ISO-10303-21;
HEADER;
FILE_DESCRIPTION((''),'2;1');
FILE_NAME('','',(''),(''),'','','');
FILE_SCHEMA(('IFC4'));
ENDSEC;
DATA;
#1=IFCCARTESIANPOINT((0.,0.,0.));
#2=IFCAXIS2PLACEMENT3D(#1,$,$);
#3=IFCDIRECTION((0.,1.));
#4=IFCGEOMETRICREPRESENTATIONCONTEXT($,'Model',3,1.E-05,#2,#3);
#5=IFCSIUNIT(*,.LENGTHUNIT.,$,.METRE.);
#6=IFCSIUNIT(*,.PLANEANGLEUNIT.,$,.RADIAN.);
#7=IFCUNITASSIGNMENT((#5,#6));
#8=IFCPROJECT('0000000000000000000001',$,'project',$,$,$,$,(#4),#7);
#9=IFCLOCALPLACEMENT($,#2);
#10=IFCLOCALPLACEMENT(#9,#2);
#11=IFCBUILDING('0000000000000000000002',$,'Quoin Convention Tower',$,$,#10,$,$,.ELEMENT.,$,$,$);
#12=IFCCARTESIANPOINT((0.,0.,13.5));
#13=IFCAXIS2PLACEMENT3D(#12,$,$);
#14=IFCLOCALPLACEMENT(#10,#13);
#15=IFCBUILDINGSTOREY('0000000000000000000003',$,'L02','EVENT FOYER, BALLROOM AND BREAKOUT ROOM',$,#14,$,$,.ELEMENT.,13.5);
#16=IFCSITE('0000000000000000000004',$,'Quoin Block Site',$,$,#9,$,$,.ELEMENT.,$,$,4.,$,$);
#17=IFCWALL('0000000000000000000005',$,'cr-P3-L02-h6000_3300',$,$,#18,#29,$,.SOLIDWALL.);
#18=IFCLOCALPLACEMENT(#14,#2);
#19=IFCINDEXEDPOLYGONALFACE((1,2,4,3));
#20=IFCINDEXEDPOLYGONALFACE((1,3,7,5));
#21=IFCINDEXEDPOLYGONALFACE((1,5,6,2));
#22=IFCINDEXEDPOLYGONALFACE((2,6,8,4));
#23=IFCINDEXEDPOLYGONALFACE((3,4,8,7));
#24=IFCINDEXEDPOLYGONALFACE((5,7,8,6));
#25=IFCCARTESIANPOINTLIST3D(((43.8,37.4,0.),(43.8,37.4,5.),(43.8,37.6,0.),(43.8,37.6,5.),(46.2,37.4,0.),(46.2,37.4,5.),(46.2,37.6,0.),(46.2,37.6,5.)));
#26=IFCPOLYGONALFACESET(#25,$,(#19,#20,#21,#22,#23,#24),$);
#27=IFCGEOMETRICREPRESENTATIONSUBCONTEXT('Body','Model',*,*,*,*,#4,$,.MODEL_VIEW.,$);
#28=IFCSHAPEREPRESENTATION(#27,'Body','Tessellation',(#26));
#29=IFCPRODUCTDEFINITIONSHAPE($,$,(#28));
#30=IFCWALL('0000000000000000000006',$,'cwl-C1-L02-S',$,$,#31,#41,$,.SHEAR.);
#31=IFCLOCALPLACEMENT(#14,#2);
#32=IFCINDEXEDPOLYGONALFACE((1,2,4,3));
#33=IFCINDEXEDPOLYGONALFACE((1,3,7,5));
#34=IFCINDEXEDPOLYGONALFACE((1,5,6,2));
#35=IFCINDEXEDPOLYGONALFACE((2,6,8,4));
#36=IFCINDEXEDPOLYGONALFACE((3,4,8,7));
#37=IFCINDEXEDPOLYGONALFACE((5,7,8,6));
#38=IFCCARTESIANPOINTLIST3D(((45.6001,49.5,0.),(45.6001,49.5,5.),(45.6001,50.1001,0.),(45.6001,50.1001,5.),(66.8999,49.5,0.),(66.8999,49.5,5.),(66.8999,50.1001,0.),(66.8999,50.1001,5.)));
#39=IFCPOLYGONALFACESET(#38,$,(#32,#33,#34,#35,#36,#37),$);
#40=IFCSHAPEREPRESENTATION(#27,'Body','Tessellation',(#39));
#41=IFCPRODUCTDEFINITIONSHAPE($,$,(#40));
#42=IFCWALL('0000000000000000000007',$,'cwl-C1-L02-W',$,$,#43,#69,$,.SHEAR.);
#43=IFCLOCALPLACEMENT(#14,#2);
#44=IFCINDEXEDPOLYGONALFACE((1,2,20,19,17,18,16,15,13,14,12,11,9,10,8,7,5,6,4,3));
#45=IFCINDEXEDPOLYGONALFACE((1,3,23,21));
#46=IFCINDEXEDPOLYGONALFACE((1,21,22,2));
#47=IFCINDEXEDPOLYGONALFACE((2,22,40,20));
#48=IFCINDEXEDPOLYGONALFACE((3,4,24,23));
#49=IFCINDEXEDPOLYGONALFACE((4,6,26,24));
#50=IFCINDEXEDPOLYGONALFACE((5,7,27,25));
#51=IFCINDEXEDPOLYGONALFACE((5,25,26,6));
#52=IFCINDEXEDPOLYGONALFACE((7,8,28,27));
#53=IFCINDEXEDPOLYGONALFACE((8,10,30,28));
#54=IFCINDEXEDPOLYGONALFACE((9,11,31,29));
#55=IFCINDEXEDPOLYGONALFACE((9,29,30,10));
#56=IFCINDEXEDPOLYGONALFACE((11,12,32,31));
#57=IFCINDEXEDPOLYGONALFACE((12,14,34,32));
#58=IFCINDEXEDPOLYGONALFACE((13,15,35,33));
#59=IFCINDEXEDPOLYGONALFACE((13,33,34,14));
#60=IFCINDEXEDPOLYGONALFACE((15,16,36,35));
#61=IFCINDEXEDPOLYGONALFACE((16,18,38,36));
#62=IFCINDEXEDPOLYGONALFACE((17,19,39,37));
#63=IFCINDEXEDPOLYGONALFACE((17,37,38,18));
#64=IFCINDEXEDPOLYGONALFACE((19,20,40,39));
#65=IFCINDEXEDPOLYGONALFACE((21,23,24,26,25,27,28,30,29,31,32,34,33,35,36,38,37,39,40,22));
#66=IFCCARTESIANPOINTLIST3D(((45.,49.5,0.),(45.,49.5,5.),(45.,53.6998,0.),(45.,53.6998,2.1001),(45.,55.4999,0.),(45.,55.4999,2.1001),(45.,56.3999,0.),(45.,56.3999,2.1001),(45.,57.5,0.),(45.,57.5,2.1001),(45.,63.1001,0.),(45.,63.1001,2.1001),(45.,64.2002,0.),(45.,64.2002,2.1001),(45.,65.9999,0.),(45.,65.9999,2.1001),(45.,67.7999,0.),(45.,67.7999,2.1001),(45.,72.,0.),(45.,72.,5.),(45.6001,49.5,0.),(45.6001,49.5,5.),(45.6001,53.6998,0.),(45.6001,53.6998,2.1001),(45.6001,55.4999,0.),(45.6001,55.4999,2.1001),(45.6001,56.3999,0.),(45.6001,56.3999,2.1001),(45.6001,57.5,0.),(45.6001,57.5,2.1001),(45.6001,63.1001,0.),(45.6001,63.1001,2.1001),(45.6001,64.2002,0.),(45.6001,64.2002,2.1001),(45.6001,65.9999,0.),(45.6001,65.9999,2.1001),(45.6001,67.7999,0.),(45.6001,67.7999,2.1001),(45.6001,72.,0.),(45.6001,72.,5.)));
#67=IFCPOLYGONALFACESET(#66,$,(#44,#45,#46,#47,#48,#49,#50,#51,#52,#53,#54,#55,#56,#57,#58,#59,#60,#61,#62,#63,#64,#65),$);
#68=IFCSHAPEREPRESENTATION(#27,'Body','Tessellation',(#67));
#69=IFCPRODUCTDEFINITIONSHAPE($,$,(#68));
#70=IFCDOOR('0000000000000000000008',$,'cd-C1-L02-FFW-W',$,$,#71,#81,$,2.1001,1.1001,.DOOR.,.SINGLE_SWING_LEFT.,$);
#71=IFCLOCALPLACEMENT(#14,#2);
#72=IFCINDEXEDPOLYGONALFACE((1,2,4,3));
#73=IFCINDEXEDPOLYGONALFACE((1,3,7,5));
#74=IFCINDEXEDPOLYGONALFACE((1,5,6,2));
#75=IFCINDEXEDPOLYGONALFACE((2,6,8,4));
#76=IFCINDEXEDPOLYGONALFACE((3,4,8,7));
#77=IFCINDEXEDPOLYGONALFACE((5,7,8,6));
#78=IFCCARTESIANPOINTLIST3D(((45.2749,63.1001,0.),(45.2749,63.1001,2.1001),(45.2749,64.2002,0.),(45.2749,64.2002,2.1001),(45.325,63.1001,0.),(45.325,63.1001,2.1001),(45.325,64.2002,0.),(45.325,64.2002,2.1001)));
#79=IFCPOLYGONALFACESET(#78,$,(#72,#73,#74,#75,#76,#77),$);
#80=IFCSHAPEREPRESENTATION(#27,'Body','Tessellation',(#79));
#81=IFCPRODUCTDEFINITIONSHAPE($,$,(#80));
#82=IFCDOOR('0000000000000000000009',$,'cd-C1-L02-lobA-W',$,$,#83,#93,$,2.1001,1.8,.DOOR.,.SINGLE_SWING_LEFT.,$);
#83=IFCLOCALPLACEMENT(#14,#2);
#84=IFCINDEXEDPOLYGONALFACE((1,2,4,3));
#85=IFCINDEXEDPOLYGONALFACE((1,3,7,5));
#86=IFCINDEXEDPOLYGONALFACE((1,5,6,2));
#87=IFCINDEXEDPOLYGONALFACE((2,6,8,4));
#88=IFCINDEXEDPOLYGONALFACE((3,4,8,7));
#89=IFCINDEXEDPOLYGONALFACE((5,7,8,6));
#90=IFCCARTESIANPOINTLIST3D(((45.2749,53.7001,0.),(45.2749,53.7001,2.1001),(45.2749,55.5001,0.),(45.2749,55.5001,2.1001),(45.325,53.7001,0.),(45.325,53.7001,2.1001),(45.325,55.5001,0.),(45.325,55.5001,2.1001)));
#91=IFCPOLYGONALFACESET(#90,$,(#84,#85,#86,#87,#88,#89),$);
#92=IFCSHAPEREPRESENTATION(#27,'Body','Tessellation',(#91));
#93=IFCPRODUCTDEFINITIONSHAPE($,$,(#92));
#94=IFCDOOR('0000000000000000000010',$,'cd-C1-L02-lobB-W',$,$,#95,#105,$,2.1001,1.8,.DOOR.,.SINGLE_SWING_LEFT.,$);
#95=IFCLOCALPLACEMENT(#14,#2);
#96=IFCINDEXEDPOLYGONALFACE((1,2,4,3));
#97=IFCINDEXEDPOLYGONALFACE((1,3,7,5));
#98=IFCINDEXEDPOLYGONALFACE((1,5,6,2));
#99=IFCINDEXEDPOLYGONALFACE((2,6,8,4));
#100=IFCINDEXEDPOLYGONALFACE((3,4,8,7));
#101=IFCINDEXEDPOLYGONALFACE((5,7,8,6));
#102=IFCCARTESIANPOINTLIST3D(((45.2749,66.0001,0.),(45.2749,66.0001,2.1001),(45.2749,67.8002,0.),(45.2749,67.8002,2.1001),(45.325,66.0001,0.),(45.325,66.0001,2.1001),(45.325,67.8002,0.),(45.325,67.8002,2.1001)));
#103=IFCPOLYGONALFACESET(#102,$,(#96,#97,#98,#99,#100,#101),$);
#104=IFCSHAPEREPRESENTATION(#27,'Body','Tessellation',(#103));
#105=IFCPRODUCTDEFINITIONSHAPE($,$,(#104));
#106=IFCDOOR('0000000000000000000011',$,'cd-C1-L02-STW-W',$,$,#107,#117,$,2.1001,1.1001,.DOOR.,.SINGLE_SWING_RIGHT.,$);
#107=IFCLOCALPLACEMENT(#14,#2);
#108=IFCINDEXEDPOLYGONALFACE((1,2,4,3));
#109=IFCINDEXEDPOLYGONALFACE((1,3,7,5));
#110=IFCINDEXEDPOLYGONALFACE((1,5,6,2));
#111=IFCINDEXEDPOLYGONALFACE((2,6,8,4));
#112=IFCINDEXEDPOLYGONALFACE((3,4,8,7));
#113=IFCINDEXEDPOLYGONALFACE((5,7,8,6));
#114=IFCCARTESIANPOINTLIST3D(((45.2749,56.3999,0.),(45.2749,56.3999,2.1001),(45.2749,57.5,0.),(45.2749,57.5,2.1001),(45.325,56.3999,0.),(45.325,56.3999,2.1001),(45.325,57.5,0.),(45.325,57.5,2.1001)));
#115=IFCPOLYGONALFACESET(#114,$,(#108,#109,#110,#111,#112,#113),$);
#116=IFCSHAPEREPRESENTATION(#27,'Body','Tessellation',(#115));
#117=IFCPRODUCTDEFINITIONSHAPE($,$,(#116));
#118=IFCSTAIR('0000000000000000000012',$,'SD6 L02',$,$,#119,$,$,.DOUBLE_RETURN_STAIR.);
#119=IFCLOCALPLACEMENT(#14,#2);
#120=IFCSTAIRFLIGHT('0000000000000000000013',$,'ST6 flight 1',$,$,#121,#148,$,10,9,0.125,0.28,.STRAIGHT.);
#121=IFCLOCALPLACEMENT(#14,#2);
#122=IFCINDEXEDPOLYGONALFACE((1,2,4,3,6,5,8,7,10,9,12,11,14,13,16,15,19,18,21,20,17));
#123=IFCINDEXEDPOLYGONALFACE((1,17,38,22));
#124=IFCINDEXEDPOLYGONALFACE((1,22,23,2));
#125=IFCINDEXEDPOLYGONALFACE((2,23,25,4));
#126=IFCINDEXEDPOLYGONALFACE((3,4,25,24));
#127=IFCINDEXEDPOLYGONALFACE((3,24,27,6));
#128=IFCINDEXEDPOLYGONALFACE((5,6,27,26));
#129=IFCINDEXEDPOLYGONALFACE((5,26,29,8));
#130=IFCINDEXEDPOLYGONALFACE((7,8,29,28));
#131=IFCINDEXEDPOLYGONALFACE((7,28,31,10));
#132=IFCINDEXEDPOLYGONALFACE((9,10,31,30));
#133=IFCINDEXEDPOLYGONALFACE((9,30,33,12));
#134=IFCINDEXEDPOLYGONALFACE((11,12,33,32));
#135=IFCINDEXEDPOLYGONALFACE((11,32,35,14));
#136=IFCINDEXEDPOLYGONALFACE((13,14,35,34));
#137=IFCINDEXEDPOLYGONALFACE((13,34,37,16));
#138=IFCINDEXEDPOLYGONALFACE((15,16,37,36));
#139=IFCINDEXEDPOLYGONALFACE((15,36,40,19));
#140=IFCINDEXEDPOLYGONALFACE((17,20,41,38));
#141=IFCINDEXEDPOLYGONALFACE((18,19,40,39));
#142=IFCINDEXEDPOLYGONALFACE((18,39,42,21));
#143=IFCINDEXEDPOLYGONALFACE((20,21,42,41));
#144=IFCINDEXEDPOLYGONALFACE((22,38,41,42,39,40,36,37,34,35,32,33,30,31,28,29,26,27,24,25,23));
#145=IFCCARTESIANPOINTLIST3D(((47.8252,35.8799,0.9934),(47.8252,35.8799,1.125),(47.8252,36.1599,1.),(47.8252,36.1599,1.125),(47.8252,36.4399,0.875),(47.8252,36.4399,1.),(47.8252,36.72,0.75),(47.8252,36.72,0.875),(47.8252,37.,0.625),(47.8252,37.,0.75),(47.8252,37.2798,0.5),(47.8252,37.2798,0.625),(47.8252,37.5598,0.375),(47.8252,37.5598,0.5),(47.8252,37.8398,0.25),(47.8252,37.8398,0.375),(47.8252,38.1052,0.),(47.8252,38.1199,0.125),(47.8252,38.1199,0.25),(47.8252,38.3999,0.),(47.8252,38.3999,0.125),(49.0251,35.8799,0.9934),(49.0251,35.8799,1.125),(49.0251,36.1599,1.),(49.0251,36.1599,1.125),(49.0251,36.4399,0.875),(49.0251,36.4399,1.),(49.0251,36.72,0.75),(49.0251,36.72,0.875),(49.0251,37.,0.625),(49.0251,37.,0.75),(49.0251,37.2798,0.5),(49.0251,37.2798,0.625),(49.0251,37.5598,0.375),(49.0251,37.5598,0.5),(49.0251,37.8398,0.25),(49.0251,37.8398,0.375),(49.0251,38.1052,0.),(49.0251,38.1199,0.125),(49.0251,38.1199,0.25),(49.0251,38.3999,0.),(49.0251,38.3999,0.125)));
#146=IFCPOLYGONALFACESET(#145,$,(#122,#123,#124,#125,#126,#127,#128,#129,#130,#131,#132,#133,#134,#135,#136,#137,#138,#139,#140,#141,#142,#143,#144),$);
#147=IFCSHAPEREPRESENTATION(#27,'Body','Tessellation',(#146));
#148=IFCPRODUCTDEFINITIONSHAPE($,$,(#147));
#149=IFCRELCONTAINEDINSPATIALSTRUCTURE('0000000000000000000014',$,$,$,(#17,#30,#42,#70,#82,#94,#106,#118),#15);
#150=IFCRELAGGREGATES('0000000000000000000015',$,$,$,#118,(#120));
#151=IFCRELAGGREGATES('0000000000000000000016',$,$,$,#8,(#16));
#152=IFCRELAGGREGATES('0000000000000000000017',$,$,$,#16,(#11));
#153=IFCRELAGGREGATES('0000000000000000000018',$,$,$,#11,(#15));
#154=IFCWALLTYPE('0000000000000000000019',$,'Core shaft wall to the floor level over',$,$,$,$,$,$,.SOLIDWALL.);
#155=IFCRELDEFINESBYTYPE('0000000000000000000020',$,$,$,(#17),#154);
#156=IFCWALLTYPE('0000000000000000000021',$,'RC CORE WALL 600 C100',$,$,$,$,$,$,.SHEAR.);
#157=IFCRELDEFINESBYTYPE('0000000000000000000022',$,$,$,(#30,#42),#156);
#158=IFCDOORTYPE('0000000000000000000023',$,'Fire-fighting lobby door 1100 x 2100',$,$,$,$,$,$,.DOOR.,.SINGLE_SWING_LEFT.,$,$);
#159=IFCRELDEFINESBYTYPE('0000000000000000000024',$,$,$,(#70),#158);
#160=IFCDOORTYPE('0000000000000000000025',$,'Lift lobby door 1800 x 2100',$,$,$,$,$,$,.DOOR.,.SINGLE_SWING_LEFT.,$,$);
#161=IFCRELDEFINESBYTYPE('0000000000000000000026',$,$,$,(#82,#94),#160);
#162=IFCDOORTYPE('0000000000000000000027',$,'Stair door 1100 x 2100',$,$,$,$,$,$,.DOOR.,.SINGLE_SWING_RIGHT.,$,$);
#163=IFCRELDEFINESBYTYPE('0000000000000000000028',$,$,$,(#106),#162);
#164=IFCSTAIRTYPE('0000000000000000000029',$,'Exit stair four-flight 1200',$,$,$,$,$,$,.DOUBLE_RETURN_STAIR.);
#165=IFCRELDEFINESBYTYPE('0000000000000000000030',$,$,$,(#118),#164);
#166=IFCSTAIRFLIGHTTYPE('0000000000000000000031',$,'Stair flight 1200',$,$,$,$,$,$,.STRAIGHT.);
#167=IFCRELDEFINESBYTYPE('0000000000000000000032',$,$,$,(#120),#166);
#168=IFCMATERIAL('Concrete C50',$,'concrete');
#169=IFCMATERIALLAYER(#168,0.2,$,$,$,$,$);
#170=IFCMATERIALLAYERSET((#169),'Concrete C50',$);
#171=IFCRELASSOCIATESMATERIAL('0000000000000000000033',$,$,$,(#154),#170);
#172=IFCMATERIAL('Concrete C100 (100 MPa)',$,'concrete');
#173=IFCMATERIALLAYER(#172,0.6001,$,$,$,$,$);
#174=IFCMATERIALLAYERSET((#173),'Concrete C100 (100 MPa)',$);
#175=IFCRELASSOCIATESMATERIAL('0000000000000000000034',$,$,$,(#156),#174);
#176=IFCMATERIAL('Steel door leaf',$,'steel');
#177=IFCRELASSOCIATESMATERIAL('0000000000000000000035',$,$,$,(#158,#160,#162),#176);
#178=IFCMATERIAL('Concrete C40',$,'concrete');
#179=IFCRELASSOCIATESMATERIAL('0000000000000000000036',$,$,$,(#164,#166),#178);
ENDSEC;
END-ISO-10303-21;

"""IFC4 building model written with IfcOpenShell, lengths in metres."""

from ifc_helpers import new_model, si_unit, direction, frame, frame_2d, origin, place, context, subcontext, project, spatial, polyline, rectangle, outline, extrude, material, layer, layer_set, type_object, element, fill, aggregate, save


model = new_model("IFC4")

# Units and contexts
model_context = context("Model", 3, precision=1e-05, world=origin(), true_north=direction((0.0, 1.0)))
body_context = subcontext(model_context, "Body", "Model", "MODEL_VIEW")
ifc_project = project(units=[si_unit("LENGTHUNIT", "METRE"), si_unit("PLANEANGLEUNIT", "RADIAN")], contexts=[model_context])

# Site, building, storey
site_placement = place(None, origin())
site = spatial("IfcSite", under=ifc_project, at=site_placement, Name="Quoin Block Site", CompositionType="ELEMENT", RefElevation=4.0)
building_placement = place(site_placement, origin())
building = spatial("IfcBuilding", under=site, at=building_placement, Name="Quoin Convention Tower", CompositionType="ELEMENT")
storey_placement = place(building_placement, frame((0.0, 0.0, 13.5)))
storey = spatial("IfcBuildingStorey", under=building, at=storey_placement, Name="L02", Description="EVENT FOYER, BALLROOM AND BREAKOUT ROOM", CompositionType="ELEMENT", Elevation=13.5)

# Shared definitions
ifc_material_1 = material(Name="Concrete C100 (100 MPa)", Category="concrete")

# Walls
ifc_material_2 = material(Name="Concrete C50", Category="concrete")
ifc_layer_1 = layer(ifc_material_2, 0.2)
ifc_layer_set_1 = layer_set([ifc_layer_1], Name="Concrete C50")
wall_type_1 = type_object("IfcWallType", Name="Core shaft wall to the floor level over", PredefinedType="SOLIDWALL", material=ifc_layer_set_1)
wall_1_placement = place(storey_placement, frame((43.8, 37.5, 0.0), z_axis=(0.0, 0.0, 1.0), x_axis=(1.0, 0.0, 0.0)))
element("IfcWall", 1, at=wall_1_placement, inside=storey, type_object=wall_type_1, Name="cr-P3-L02-h6000_3300", PredefinedType="SOLIDWALL", context=body_context, shape_type="SweptSolid", body=[
    extrude(rectangle(XDim=2.3999, YDim=0.2, at=frame_2d((1.2, 0.0))), origin(), (0.0, 0.0, 1.0), 5.0),
])
ifc_layer_2 = layer(ifc_material_1, 0.6001)
ifc_layer_set_2 = layer_set([ifc_layer_2], Name="Concrete C100 (100 MPa)")
wall_type_2 = type_object("IfcWallType", Name="RC CORE WALL 600 C100", PredefinedType="SHEAR", material=ifc_layer_set_2)
wall_2_placement = place(storey_placement, frame((45.6001, 49.8, 0.0), z_axis=(0.0, 0.0, 1.0), x_axis=(1.0, 0.0, 0.0)))
element("IfcWall", 2, at=wall_2_placement, inside=storey, type_object=wall_type_2, Name="cwl-C1-L02-S", PredefinedType="SHEAR", context=body_context, shape_type="SweptSolid", body=[
    extrude(rectangle(XDim=21.2998, YDim=0.6001, at=frame_2d((10.6499, 0.0))), origin(), (0.0, 0.0, 1.0), 5.0),
])

# Wall, openings, doors
wall_3_placement = place(storey_placement, frame((45.3, 49.5, 0.0), z_axis=(0.0, 0.0, 1.0), x_axis=(0.0, 1.0, 0.0)))
wall_3 = element("IfcWall", 3, at=wall_3_placement, inside=storey, type_object=wall_type_2, Name="cwl-C1-L02-W", PredefinedType="SHEAR", context=body_context, shape_type="SweptSolid", body=[
    extrude(rectangle(XDim=22.5, YDim=0.6001, at=frame_2d((11.25, 0.0))), origin(), (0.0, 0.0, 1.0), 5.0),
])
opening_1_placement = place(wall_3_placement, frame((4.2, 0.0, 0.0)))
opening_1 = element("IfcOpeningElement", 4, at=opening_1_placement, cuts=wall_3, PredefinedType="OPENING", context=body_context, shape_type="SweptSolid", body=[
    extrude(rectangle(XDim=1.8, YDim=2.1001, at=frame_2d((0.8999, 1.05))), frame((0.0, 0.3101, 0.0), z_axis=(0.0, -1.0, 0.0), x_axis=(1.0, 0.0, 0.0)), (0.0, 0.0, 1.0), 0.6201),
])
opening_2_placement = place(wall_3_placement, frame((6.8999, 0.0, 0.0)))
opening_2 = element("IfcOpeningElement", 5, at=opening_2_placement, cuts=wall_3, PredefinedType="OPENING", context=body_context, shape_type="SweptSolid", body=[
    extrude(rectangle(XDim=1.1001, YDim=2.1001, at=frame_2d((0.55, 1.05))), frame((0.0, 0.3101, 0.0), z_axis=(0.0, -1.0, 0.0), x_axis=(1.0, 0.0, 0.0)), (0.0, 0.0, 1.0), 0.6201),
])
opening_3_placement = place(wall_3_placement, frame((13.6001, 0.0, 0.0)))
opening_3 = element("IfcOpeningElement", 6, at=opening_3_placement, cuts=wall_3, PredefinedType="OPENING", context=body_context, shape_type="SweptSolid", body=[
    extrude(rectangle(XDim=1.1001, YDim=2.1001, at=frame_2d((0.55, 1.05))), frame((0.0, 0.3101, 0.0), z_axis=(0.0, -1.0, 0.0), x_axis=(1.0, 0.0, 0.0)), (0.0, 0.0, 1.0), 0.6201),
])
opening_4_placement = place(wall_3_placement, frame((16.5, 0.0, 0.0)))
opening_4 = element("IfcOpeningElement", 7, at=opening_4_placement, cuts=wall_3, PredefinedType="OPENING", context=body_context, shape_type="SweptSolid", body=[
    extrude(rectangle(XDim=1.8, YDim=2.1001, at=frame_2d((0.8999, 1.05))), frame((0.0, 0.3101, 0.0), z_axis=(0.0, -1.0, 0.0), x_axis=(1.0, 0.0, 0.0)), (0.0, 0.0, 1.0), 0.6201),
])
ifc_material_3 = material(Name="Steel door leaf", Category="steel")
door_type_1 = type_object("IfcDoorType", Name="Fire-fighting lobby door 1100 x 2100", OperationType="SINGLE_SWING_LEFT", PredefinedType="DOOR", material=ifc_material_3)
door_1_placement = place(opening_3_placement, frame((1.1001, 0.0, 0.0), z_axis=(0.0, 0.0, 1.0), x_axis=(-1.0, 0.0, 0.0)))
door_1 = element("IfcDoor", 8, at=door_1_placement, inside=storey, type_object=door_type_1, Name="cd-C1-L02-FFW-W", OperationType="SINGLE_SWING_LEFT", OverallHeight=2.1001, OverallWidth=1.1001, PredefinedType="DOOR", context=body_context, shape_type="SweptSolid", body=[
    extrude(rectangle(XDim=1.1001, YDim=2.1001, at=frame_2d((0.55, 1.05))), frame((0.0, 0.0249, 0.0), z_axis=(0.0, -1.0, 0.0), x_axis=(1.0, 0.0, 0.0)), (0.0, 0.0, 1.0), 0.05),
])
fill(opening_3, door_1)
door_type_2 = type_object("IfcDoorType", Name="Lift lobby door 1800 x 2100", OperationType="SINGLE_SWING_LEFT", PredefinedType="DOOR", material=ifc_material_3)
door_2_placement = place(opening_1_placement, frame((1.8, 0.0, 0.0), z_axis=(0.0, 0.0, 1.0), x_axis=(-1.0, 0.0, 0.0)))
door_2 = element("IfcDoor", 9, at=door_2_placement, inside=storey, type_object=door_type_2, Name="cd-C1-L02-lobA-W", OperationType="SINGLE_SWING_LEFT", OverallHeight=2.1001, OverallWidth=1.8, PredefinedType="DOOR", context=body_context, shape_type="SweptSolid", body=[
    extrude(rectangle(XDim=1.8, YDim=2.1001, at=frame_2d((0.8999, 1.05))), frame((0.0, 0.0249, 0.0), z_axis=(0.0, -1.0, 0.0), x_axis=(1.0, 0.0, 0.0)), (0.0, 0.0, 1.0), 0.05),
])
fill(opening_1, door_2)
door_3_placement = place(opening_4_placement, frame((1.8, 0.0, 0.0), z_axis=(0.0, 0.0, 1.0), x_axis=(-1.0, 0.0, 0.0)))
door_3 = element("IfcDoor", 10, at=door_3_placement, inside=storey, type_object=door_type_2, Name="cd-C1-L02-lobB-W", OperationType="SINGLE_SWING_LEFT", OverallHeight=2.1001, OverallWidth=1.8, PredefinedType="DOOR", context=body_context, shape_type="SweptSolid", body=[
    extrude(rectangle(XDim=1.8, YDim=2.1001, at=frame_2d((0.8999, 1.05))), frame((0.0, 0.0249, 0.0), z_axis=(0.0, -1.0, 0.0), x_axis=(1.0, 0.0, 0.0)), (0.0, 0.0, 1.0), 0.05),
])
fill(opening_4, door_3)
door_type_3 = type_object("IfcDoorType", Name="Stair door 1100 x 2100", OperationType="SINGLE_SWING_RIGHT", PredefinedType="DOOR", material=ifc_material_3)
door_4_placement = place(opening_2_placement, frame((1.1001, 0.0, 0.0), z_axis=(0.0, 0.0, 1.0), x_axis=(-1.0, 0.0, 0.0)))
door_4 = element("IfcDoor", 11, at=door_4_placement, inside=storey, type_object=door_type_3, Name="cd-C1-L02-STW-W", OperationType="SINGLE_SWING_RIGHT", OverallHeight=2.1001, OverallWidth=1.1001, PredefinedType="DOOR", context=body_context, shape_type="SweptSolid", body=[
    extrude(rectangle(XDim=1.1001, YDim=2.1001, at=frame_2d((0.55, 1.05))), frame((0.0, 0.0249, 0.0), z_axis=(0.0, -1.0, 0.0), x_axis=(1.0, 0.0, 0.0)), (0.0, 0.0, 1.0), 0.05),
])
fill(opening_2, door_4)

# Stair, stair flight
ifc_material_4 = material(Name="Concrete C40", Category="concrete")
stair_type = type_object("IfcStairType", Name="Exit stair four-flight 1200", PredefinedType="DOUBLE_RETURN_STAIR", material=ifc_material_4)
stair_placement = place(storey_placement, origin())
stair = element("IfcStair", 12, at=stair_placement, inside=storey, type_object=stair_type, Name="SD6 L02", PredefinedType="DOUBLE_RETURN_STAIR")
stair_flight_type = type_object("IfcStairFlightType", Name="Stair flight 1200", PredefinedType="STRAIGHT", material=ifc_material_4)
stair_flight_1_placement = place(storey_placement, frame((48.425, 38.3999, 0.0), z_axis=(0.0, 0.0, 1.0), x_axis=(0.0, -1.0, 0.0)))
stair_flight_1 = element("IfcStairFlight", 13, at=stair_flight_1_placement, type_object=stair_flight_type, Name="ST6 flight 1", NumberOfRisers=10, NumberOfTreads=9, PredefinedType="STRAIGHT", RiserHeight=0.125, TreadLength=0.28, context=body_context, shape_type="SweptSolid", body=[
    extrude(outline(polyline([(0.0, 0.0), (0.0, 0.125), (0.28, 0.125), (0.28, 0.25), (0.5601, 0.25), (0.5601, 0.375), (0.8401, 0.375), (0.8401, 0.5), (1.1201, 0.5), (1.1201, 0.625), (1.3999, 0.625), (1.3999, 0.75), (1.6799, 0.75), (1.6799, 0.875), (1.96, 0.875), (1.96, 1.0), (2.24, 1.0), (2.24, 1.125), (2.52, 1.125), (2.52, 1.25), (2.52, 0.9934), (0.2947, 0.0), (0.0, 0.0)])), frame((0.0, 0.6001, 0.0), z_axis=(0.0, -1.0, 0.0), x_axis=(1.0, 0.0, 0.0)), (0.0, 0.0, 1.0), 1.2),
])
aggregate(stair, [stair_flight_1])

save(model, "model.ifc")
